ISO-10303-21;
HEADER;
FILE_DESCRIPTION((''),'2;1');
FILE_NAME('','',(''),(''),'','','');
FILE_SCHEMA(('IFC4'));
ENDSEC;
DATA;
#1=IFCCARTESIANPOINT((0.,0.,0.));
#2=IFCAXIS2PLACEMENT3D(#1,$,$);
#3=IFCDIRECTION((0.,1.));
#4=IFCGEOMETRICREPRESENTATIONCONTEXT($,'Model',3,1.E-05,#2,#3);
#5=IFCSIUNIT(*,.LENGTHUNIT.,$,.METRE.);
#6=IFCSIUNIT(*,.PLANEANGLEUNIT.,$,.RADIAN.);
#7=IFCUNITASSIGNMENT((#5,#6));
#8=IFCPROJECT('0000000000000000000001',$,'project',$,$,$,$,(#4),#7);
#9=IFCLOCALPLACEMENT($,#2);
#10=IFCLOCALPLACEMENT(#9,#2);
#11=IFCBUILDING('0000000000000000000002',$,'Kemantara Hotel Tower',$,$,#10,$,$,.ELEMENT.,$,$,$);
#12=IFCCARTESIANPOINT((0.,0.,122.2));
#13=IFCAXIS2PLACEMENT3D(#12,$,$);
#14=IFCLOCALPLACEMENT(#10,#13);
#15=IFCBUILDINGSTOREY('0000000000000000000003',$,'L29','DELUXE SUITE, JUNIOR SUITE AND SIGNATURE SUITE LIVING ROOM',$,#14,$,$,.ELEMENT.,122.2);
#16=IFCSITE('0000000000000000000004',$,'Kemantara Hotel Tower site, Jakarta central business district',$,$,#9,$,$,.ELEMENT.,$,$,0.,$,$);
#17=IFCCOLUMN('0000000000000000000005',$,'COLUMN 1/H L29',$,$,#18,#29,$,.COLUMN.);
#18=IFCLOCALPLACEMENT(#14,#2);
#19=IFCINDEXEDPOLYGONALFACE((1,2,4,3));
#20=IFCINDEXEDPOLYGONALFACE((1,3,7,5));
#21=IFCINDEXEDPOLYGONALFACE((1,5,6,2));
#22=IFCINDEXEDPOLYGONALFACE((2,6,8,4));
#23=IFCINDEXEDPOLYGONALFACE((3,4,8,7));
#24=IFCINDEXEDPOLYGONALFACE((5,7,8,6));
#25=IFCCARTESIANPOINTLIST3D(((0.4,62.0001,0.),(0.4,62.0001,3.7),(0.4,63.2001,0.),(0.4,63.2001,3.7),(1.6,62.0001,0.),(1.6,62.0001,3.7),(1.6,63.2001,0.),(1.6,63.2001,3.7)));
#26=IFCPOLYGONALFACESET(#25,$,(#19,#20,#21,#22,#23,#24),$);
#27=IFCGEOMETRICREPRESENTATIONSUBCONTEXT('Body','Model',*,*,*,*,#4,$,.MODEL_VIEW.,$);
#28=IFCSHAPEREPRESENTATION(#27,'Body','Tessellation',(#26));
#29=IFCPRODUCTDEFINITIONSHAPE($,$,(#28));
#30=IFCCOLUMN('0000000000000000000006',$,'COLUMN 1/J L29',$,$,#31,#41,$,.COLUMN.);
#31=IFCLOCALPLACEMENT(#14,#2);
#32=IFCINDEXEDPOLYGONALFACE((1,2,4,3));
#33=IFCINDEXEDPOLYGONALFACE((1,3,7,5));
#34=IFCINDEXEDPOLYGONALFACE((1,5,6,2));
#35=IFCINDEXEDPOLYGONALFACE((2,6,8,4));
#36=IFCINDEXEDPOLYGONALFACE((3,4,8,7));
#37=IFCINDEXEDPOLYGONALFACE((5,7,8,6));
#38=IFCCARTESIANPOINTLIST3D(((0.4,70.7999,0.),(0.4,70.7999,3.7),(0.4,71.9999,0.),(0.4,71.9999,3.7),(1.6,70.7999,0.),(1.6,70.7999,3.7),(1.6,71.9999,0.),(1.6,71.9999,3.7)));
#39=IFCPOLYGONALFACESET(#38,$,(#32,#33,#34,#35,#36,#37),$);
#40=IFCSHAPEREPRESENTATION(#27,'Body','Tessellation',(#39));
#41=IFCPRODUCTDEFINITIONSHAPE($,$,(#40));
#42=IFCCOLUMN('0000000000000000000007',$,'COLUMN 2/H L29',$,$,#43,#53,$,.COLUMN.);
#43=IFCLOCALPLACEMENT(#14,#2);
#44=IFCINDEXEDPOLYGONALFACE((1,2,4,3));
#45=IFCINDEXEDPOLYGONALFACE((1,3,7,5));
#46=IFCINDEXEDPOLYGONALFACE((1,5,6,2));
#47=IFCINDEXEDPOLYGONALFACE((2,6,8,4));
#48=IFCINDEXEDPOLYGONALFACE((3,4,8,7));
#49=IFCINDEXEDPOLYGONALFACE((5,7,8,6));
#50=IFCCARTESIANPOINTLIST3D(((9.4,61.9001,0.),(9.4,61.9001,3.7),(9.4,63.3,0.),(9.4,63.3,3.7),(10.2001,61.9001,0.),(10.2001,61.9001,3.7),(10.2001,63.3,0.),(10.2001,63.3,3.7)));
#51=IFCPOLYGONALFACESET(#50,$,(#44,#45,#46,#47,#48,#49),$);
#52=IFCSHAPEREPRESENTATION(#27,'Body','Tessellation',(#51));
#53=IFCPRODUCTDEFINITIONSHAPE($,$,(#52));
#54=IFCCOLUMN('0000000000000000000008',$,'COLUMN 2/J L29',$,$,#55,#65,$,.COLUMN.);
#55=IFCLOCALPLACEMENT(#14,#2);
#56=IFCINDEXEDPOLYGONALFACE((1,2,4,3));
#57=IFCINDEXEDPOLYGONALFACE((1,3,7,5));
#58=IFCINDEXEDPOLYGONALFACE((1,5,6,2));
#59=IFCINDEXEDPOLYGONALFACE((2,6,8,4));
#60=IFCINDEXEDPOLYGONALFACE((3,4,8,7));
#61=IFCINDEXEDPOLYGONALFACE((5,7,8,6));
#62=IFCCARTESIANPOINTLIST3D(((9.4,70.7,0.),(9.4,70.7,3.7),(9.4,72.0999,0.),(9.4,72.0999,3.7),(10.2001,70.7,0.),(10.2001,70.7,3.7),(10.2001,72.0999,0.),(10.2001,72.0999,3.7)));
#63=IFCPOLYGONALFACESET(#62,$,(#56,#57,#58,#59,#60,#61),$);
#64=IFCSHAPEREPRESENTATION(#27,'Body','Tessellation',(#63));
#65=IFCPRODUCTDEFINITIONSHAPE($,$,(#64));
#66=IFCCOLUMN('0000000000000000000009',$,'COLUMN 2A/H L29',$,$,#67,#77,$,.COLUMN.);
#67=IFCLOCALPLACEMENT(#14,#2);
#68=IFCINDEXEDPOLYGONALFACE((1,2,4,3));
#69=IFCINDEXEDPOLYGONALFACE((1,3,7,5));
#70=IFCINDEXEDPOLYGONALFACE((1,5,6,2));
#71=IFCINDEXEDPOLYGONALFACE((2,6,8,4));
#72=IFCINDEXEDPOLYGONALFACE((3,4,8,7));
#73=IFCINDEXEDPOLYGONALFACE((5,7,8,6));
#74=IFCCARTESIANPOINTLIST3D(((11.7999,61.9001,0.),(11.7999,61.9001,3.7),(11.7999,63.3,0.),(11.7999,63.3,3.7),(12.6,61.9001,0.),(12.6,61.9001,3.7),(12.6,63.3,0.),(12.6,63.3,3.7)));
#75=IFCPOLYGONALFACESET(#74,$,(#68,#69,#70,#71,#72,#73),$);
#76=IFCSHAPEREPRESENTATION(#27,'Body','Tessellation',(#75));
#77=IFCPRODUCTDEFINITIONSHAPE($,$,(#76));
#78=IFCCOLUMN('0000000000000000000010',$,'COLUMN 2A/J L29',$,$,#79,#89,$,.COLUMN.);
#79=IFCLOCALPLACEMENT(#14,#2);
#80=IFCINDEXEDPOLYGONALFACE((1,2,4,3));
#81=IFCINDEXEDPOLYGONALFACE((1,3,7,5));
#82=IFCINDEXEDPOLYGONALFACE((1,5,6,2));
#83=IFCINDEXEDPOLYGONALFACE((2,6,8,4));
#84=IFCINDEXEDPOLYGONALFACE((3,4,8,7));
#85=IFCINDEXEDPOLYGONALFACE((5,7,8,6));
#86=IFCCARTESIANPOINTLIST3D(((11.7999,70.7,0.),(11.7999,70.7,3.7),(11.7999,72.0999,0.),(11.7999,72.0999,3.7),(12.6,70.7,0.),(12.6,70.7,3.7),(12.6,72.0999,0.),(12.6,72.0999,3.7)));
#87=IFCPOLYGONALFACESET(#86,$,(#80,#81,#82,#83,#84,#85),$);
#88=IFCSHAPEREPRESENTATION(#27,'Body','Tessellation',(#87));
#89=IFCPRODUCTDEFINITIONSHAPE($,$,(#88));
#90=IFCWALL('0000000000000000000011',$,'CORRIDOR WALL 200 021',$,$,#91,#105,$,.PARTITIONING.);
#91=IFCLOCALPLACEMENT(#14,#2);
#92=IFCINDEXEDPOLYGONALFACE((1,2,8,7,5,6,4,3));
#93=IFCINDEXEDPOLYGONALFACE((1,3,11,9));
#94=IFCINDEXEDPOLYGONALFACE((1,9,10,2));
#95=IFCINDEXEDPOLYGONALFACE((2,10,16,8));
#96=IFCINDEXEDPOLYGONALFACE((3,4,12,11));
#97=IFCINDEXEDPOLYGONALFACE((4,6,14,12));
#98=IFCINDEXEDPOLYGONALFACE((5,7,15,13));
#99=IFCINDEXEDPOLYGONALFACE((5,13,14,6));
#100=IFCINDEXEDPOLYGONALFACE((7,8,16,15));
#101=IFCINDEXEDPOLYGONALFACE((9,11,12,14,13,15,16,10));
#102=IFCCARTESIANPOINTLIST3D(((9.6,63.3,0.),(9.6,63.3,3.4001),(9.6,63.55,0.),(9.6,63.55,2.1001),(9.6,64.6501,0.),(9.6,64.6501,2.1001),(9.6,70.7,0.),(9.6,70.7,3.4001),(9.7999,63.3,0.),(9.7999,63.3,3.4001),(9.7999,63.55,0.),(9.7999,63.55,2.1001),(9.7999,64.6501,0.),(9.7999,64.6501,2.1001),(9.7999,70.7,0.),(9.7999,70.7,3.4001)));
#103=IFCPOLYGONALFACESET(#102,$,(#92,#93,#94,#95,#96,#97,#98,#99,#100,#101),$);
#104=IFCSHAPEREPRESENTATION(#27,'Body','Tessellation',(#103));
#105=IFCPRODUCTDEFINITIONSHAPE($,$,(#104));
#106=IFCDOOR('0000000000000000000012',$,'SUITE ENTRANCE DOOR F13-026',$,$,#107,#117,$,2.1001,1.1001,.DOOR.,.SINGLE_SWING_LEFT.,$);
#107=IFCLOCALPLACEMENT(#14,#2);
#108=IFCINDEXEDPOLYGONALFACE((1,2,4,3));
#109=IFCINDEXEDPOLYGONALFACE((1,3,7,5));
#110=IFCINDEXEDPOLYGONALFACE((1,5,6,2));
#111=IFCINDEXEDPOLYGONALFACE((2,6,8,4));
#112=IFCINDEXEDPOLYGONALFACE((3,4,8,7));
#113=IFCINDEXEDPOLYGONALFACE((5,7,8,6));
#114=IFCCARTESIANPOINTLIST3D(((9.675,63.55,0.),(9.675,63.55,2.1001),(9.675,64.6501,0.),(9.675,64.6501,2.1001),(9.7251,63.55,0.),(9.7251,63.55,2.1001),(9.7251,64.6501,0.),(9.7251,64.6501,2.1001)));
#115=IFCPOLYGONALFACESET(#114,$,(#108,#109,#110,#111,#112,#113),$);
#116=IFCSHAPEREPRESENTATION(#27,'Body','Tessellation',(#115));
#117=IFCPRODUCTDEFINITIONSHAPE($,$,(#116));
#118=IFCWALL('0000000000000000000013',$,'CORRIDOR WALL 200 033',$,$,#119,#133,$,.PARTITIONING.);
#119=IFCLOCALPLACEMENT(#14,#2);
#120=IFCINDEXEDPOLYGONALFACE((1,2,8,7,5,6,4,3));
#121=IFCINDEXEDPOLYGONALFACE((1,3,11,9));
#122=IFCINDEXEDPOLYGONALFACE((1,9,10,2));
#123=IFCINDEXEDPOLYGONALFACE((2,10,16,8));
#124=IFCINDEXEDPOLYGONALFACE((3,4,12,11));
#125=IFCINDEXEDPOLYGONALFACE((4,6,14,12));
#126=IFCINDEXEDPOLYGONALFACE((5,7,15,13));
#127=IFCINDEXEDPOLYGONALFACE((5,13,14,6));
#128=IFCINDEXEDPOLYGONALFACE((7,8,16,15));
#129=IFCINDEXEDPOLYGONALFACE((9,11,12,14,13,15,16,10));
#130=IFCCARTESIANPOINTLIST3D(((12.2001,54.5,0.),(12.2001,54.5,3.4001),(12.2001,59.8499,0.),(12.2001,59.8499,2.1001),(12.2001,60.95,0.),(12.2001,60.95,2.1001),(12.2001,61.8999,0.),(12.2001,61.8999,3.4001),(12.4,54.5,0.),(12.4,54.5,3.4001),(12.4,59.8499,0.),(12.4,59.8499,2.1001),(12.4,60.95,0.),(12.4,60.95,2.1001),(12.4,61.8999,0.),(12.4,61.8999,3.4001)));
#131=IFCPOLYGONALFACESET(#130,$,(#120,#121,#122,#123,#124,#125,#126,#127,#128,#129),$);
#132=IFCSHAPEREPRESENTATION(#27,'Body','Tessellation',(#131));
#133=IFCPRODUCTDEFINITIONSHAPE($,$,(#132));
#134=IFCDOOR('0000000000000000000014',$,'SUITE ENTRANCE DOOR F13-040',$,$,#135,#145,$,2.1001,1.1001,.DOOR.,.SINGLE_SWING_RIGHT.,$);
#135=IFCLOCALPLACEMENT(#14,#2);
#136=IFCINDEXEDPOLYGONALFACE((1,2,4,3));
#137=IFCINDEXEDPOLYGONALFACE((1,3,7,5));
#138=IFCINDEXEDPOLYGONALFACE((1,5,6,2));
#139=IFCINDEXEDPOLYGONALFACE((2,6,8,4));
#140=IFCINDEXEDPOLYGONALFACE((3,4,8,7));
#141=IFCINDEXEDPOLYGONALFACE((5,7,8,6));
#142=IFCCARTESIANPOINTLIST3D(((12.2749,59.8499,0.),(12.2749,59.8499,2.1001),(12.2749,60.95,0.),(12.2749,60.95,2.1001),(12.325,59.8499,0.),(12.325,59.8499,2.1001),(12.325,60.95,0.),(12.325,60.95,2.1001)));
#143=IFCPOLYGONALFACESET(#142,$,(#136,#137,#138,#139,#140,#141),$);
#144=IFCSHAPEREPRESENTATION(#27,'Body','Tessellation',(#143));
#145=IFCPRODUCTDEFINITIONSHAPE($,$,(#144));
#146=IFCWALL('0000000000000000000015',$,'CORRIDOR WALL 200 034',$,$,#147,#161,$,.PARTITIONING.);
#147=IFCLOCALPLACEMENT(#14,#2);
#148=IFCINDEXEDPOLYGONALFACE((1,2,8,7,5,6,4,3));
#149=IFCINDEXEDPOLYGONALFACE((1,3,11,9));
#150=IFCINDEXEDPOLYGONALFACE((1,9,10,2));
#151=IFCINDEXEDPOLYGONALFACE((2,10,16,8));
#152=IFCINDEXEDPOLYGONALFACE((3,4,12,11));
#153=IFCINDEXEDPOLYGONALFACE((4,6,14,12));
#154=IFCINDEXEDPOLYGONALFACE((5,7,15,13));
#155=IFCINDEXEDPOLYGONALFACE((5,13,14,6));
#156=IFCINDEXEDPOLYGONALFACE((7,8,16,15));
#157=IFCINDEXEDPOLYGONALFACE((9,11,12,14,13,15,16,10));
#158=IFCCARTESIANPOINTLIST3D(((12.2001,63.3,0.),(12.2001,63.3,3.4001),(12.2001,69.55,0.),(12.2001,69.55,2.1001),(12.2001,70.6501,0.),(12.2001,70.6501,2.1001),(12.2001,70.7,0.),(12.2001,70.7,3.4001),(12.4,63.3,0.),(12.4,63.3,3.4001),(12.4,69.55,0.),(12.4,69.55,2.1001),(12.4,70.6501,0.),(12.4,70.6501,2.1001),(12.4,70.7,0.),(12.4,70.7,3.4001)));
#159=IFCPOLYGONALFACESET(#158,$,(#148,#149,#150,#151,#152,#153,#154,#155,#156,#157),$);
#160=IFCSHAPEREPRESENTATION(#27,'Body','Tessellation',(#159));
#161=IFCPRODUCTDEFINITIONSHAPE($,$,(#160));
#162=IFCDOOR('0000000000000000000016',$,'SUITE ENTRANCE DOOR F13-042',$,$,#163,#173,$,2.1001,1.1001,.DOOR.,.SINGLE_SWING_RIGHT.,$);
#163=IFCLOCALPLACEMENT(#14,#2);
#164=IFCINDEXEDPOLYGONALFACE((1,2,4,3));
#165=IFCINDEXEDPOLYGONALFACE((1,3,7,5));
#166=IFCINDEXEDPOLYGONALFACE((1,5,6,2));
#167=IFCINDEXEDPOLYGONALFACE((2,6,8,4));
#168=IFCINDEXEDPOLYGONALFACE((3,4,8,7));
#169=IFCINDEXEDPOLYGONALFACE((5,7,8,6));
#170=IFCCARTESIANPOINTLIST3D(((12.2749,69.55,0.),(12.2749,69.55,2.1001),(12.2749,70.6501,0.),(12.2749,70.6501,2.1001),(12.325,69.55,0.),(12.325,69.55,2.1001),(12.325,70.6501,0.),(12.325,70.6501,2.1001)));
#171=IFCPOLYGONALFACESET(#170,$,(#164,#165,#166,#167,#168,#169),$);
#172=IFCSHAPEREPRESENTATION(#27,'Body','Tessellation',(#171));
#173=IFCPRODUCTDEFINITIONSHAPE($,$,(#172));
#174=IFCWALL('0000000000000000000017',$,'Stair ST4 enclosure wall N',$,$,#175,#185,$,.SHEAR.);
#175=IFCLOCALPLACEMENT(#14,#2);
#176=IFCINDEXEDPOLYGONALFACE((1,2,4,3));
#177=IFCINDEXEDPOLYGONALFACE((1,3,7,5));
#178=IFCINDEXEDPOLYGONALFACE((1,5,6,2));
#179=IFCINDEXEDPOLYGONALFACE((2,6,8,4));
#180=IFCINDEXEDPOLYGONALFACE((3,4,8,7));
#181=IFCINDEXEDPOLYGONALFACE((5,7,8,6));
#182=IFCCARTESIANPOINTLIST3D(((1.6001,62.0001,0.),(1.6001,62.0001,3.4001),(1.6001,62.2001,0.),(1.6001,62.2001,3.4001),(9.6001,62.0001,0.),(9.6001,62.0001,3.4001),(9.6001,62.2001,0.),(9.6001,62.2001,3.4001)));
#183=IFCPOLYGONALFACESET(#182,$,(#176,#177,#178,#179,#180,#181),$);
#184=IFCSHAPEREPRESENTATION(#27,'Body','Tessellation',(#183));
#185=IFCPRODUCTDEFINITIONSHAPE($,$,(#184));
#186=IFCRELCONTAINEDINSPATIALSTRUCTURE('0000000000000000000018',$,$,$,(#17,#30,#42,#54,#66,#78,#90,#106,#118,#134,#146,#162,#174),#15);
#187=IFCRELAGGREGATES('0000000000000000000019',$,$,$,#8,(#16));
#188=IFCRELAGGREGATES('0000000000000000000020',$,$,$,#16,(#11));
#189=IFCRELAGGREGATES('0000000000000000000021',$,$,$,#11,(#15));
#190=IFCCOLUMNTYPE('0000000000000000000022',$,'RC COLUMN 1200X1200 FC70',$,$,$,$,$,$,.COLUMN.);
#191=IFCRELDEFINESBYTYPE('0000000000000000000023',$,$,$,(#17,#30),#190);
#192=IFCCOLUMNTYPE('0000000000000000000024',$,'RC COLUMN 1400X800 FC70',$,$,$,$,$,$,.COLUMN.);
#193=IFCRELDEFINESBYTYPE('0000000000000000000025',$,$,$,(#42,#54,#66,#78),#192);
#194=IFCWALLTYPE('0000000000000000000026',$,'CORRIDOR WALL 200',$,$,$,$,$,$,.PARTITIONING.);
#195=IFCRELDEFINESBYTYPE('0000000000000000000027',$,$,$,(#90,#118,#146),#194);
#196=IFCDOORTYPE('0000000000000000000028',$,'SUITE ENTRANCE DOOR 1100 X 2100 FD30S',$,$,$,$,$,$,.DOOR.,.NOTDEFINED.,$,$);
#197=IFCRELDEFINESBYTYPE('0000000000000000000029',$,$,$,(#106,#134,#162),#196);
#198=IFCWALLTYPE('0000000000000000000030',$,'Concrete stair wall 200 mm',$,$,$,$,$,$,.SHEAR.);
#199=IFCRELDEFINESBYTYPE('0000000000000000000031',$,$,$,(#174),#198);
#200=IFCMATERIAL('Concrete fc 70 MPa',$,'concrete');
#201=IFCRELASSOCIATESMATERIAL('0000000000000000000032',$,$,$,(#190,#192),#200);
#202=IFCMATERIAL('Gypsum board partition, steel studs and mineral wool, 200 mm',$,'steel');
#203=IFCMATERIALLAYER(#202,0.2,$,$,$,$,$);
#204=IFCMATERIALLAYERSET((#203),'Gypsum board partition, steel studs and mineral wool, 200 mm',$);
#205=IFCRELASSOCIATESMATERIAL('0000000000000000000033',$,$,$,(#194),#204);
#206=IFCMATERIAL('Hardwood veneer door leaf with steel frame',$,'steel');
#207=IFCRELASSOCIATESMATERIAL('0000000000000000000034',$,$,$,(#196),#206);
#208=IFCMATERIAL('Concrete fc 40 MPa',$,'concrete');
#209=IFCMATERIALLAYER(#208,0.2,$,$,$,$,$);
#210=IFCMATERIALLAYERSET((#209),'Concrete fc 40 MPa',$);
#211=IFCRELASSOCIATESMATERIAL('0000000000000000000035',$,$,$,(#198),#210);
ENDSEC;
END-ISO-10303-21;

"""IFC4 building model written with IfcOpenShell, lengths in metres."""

from ifc_helpers import new_model, si_unit, direction, frame, frame_2d, origin, origin_2d, place, context, subcontext, project, spatial, rectangle, extrude, material, layer, layer_set, material_profile, profile_set, type_object, element, fill, save


model = new_model("IFC4")

# Units and contexts
model_context = context("Model", 3, precision=1e-05, world=origin(), true_north=direction((0.0, 1.0)))
body_context = subcontext(model_context, "Body", "Model", "MODEL_VIEW")
ifc_project = project(units=[si_unit("LENGTHUNIT", "METRE"), si_unit("PLANEANGLEUNIT", "RADIAN")], contexts=[model_context])

# Site, building, storey
site_placement = place(None, origin())
site = spatial("IfcSite", under=ifc_project, at=site_placement, Name="Kemantara Hotel Tower site, Jakarta central business district", CompositionType="ELEMENT", RefElevation=0.0)
building_placement = place(site_placement, origin())
building = spatial("IfcBuilding", under=site, at=building_placement, Name="Kemantara Hotel Tower", CompositionType="ELEMENT")
storey_placement = place(building_placement, frame((0.0, 0.0, 122.2)))
storey = spatial("IfcBuildingStorey", under=building, at=storey_placement, Name="L29", Description="DELUXE SUITE, JUNIOR SUITE AND SIGNATURE SUITE LIVING ROOM", CompositionType="ELEMENT", Elevation=122.2)

# Columns
ifc_material_1 = material(Name="Concrete fc 70 MPa", Category="concrete")
ifc_material_profile_1 = material_profile(ifc_material_1, rectangle(XDim=1.2, YDim=1.2, at=origin_2d()), Name="RC 1200X1200")
ifc_profile_set_1 = profile_set([ifc_material_profile_1], Name="Concrete fc 70 MPa")
column_type_1 = type_object("IfcColumnType", Name="RC COLUMN 1200X1200 FC70", PredefinedType="COLUMN", material=ifc_profile_set_1)
for number, where, z_axis, x_axis, name in (
    (1, (1.0, 62.6001, 0.0), (0.0, 0.0, 1.0), (1.0, 0.0, 0.0), "COLUMN 1/H L29"),
    (2, (1.0, 71.3999, 0.0), (0.0, 0.0, 1.0), (1.0, 0.0, 0.0), "COLUMN 1/J L29"),
):
    element("IfcColumn", number, at=place(storey_placement, frame(where, z_axis=z_axis, x_axis=x_axis)), inside=storey, type_object=column_type_1, Name=name, PredefinedType="COLUMN", context=body_context, shape_type="SweptSolid", body=[
        extrude(rectangle(XDim=1.2, YDim=1.2, at=origin_2d()), origin(), (0.0, 0.0, 1.0), 3.7),
    ])
ifc_material_profile_2 = material_profile(ifc_material_1, rectangle(XDim=1.3999, YDim=0.8, at=origin_2d()), Name="RC 1400X800")
ifc_profile_set_2 = profile_set([ifc_material_profile_2], Name="Concrete fc 70 MPa")
column_type_2 = type_object("IfcColumnType", Name="RC COLUMN 1400X800 FC70", PredefinedType="COLUMN", material=ifc_profile_set_2)
for number, where, z_axis, x_axis, name in (
    (3, (9.8, 62.6001, 0.0), (0.0, 0.0, 1.0), (0.0, 1.0, 0.0), "COLUMN 2/H L29"),
    (4, (9.8, 71.3999, 0.0), (0.0, 0.0, 1.0), (0.0, 1.0, 0.0), "COLUMN 2/J L29"),
    (5, (12.2, 62.6001, 0.0), (0.0, 0.0, 1.0), (0.0, 1.0, 0.0), "COLUMN 2A/H L29"),
    (6, (12.2, 71.3999, 0.0), (0.0, 0.0, 1.0), (0.0, 1.0, 0.0), "COLUMN 2A/J L29"),
):
    element("IfcColumn", number, at=place(storey_placement, frame(where, z_axis=z_axis, x_axis=x_axis)), inside=storey, type_object=column_type_2, Name=name, PredefinedType="COLUMN", context=body_context, shape_type="SweptSolid", body=[
        extrude(rectangle(XDim=1.3999, YDim=0.8, at=origin_2d()), origin(), (0.0, 0.0, 1.0), 3.7),
    ])

# Walls, openings, doors
ifc_material_2 = material(Name="Gypsum board partition, steel studs and mineral wool, 200 mm", Category="steel")
ifc_layer_1 = layer(ifc_material_2, 0.2)
ifc_layer_set_1 = layer_set([ifc_layer_1], Name="Gypsum board partition, steel studs and mineral wool, 200 mm")
wall_type_1 = type_object("IfcWallType", Name="CORRIDOR WALL 200", PredefinedType="PARTITIONING", material=ifc_layer_set_1)
wall_1_placement = place(storey_placement, frame((9.7, 63.3, 0.0), z_axis=(0.0, 0.0, 1.0), x_axis=(0.0, 1.0, 0.0)))
wall_1 = element("IfcWall", 7, at=wall_1_placement, inside=storey, type_object=wall_type_1, Name="CORRIDOR WALL 200 021", PredefinedType="PARTITIONING", context=body_context, shape_type="SweptSolid", body=[
    extrude(rectangle(XDim=7.3999, YDim=0.2, at=frame_2d((3.7, 0.0))), origin(), (0.0, 0.0, 1.0), 3.4001),
])
opening_1_placement = place(wall_1_placement, frame((0.25, 0.0, 0.0)))
opening_1 = element("IfcOpeningElement", 8, at=opening_1_placement, cuts=wall_1, PredefinedType="OPENING", context=body_context, shape_type="SweptSolid", body=[
    extrude(rectangle(XDim=1.1001, YDim=2.1001, at=frame_2d((0.55, 1.05))), frame((0.0, 0.1099, 0.0), z_axis=(0.0, -1.0, 0.0), x_axis=(1.0, 0.0, 0.0)), (0.0, 0.0, 1.0), 0.22),
])
ifc_material_3 = material(Name="Hardwood veneer door leaf with steel frame", Category="steel")
door_type_1 = type_object("IfcDoorType", Name="SUITE ENTRANCE DOOR 1100 X 2100 FD30S", OperationType="NOTDEFINED", PredefinedType="DOOR", material=ifc_material_3)
door_1_placement = place(opening_1_placement, origin())
door_1 = element("IfcDoor", 9, at=door_1_placement, inside=storey, type_object=door_type_1, Name="SUITE ENTRANCE DOOR F13-026", OperationType="SINGLE_SWING_LEFT", OverallHeight=2.1001, OverallWidth=1.1001, PredefinedType="DOOR", context=body_context, shape_type="SweptSolid", body=[
    extrude(rectangle(XDim=1.1001, YDim=2.1001, at=frame_2d((0.55, 1.05))), frame((0.0, 0.0249, 0.0), z_axis=(0.0, -1.0, 0.0), x_axis=(1.0, 0.0, 0.0)), (0.0, 0.0, 1.0), 0.05),
])
fill(opening_1, door_1)
wall_2_placement = place(storey_placement, frame((12.3, 61.8999, 0.0), z_axis=(0.0, 0.0, 1.0), x_axis=(0.0, -1.0, 0.0)))
wall_2 = element("IfcWall", 10, at=wall_2_placement, inside=storey, type_object=wall_type_1, Name="CORRIDOR WALL 200 033", PredefinedType="PARTITIONING", context=body_context, shape_type="SweptSolid", body=[
    extrude(rectangle(XDim=7.3999, YDim=0.2, at=frame_2d((3.7, 0.0))), origin(), (0.0, 0.0, 1.0), 3.4001),
])
opening_2_placement = place(wall_2_placement, frame((0.95, 0.0, 0.0)))
opening_2 = element("IfcOpeningElement", 11, at=opening_2_placement, cuts=wall_2, PredefinedType="OPENING", context=body_context, shape_type="SweptSolid", body=[
    extrude(rectangle(XDim=1.1001, YDim=2.1001, at=frame_2d((0.55, 1.05))), frame((0.0, 0.1099, 0.0), z_axis=(0.0, -1.0, 0.0), x_axis=(1.0, 0.0, 0.0)), (0.0, 0.0, 1.0), 0.22),
])
door_2_placement = place(opening_2_placement, origin())
door_2 = element("IfcDoor", 12, at=door_2_placement, inside=storey, type_object=door_type_1, Name="SUITE ENTRANCE DOOR F13-040", OperationType="SINGLE_SWING_RIGHT", OverallHeight=2.1001, OverallWidth=1.1001, PredefinedType="DOOR", context=body_context, shape_type="SweptSolid", body=[
    extrude(rectangle(XDim=1.1001, YDim=2.1001, at=frame_2d((0.55, 1.05))), frame((0.0, 0.0249, 0.0), z_axis=(0.0, -1.0, 0.0), x_axis=(1.0, 0.0, 0.0)), (0.0, 0.0, 1.0), 0.05),
])
fill(opening_2, door_2)
wall_3_placement = place(storey_placement, frame((12.3, 70.7, 0.0), z_axis=(0.0, 0.0, 1.0), x_axis=(0.0, -1.0, 0.0)))
wall_3 = element("IfcWall", 13, at=wall_3_placement, inside=storey, type_object=wall_type_1, Name="CORRIDOR WALL 200 034", PredefinedType="PARTITIONING", context=body_context, shape_type="SweptSolid", body=[
    extrude(rectangle(XDim=7.3999, YDim=0.2, at=frame_2d((3.7, 0.0))), origin(), (0.0, 0.0, 1.0), 3.4001),
])
opening_3_placement = place(wall_3_placement, frame((0.0498, 0.0, 0.0)))
opening_3 = element("IfcOpeningElement", 14, at=opening_3_placement, cuts=wall_3, PredefinedType="OPENING", context=body_context, shape_type="SweptSolid", body=[
    extrude(rectangle(XDim=1.1001, YDim=2.1001, at=frame_2d((0.55, 1.05))), frame((0.0, 0.1099, 0.0), z_axis=(0.0, -1.0, 0.0), x_axis=(1.0, 0.0, 0.0)), (0.0, 0.0, 1.0), 0.22),
])
door_3_placement = place(opening_3_placement, origin())
door_3 = element("IfcDoor", 15, at=door_3_placement, inside=storey, type_object=door_type_1, Name="SUITE ENTRANCE DOOR F13-042", OperationType="SINGLE_SWING_RIGHT", OverallHeight=2.1001, OverallWidth=1.1001, PredefinedType="DOOR", context=body_context, shape_type="SweptSolid", body=[
    extrude(rectangle(XDim=1.1001, YDim=2.1001, at=frame_2d((0.55, 1.05))), frame((0.0, 0.0249, 0.0), z_axis=(0.0, -1.0, 0.0), x_axis=(1.0, 0.0, 0.0)), (0.0, 0.0, 1.0), 0.05),
])
fill(opening_3, door_3)

# Wall
ifc_material_4 = material(Name="Concrete fc 40 MPa", Category="concrete")
ifc_layer_2 = layer(ifc_material_4, 0.2)
ifc_layer_set_2 = layer_set([ifc_layer_2], Name="Concrete fc 40 MPa")
wall_type_2 = type_object("IfcWallType", Name="Concrete stair wall 200 mm", PredefinedType="SHEAR", material=ifc_layer_set_2)
wall_4_placement = place(storey_placement, frame((1.6001, 62.1001, 0.0), z_axis=(0.0, 0.0, 1.0), x_axis=(1.0, 0.0, 0.0)))
element("IfcWall", 16, at=wall_4_placement, inside=storey, type_object=wall_type_2, Name="Stair ST4 enclosure wall N", PredefinedType="SHEAR", context=body_context, shape_type="SweptSolid", body=[
    extrude(rectangle(XDim=8.0, YDim=0.2, at=frame_2d((4.0, 0.0))), origin(), (0.0, 0.0, 1.0), 3.4001),
])

save(model, "model.ifc")
